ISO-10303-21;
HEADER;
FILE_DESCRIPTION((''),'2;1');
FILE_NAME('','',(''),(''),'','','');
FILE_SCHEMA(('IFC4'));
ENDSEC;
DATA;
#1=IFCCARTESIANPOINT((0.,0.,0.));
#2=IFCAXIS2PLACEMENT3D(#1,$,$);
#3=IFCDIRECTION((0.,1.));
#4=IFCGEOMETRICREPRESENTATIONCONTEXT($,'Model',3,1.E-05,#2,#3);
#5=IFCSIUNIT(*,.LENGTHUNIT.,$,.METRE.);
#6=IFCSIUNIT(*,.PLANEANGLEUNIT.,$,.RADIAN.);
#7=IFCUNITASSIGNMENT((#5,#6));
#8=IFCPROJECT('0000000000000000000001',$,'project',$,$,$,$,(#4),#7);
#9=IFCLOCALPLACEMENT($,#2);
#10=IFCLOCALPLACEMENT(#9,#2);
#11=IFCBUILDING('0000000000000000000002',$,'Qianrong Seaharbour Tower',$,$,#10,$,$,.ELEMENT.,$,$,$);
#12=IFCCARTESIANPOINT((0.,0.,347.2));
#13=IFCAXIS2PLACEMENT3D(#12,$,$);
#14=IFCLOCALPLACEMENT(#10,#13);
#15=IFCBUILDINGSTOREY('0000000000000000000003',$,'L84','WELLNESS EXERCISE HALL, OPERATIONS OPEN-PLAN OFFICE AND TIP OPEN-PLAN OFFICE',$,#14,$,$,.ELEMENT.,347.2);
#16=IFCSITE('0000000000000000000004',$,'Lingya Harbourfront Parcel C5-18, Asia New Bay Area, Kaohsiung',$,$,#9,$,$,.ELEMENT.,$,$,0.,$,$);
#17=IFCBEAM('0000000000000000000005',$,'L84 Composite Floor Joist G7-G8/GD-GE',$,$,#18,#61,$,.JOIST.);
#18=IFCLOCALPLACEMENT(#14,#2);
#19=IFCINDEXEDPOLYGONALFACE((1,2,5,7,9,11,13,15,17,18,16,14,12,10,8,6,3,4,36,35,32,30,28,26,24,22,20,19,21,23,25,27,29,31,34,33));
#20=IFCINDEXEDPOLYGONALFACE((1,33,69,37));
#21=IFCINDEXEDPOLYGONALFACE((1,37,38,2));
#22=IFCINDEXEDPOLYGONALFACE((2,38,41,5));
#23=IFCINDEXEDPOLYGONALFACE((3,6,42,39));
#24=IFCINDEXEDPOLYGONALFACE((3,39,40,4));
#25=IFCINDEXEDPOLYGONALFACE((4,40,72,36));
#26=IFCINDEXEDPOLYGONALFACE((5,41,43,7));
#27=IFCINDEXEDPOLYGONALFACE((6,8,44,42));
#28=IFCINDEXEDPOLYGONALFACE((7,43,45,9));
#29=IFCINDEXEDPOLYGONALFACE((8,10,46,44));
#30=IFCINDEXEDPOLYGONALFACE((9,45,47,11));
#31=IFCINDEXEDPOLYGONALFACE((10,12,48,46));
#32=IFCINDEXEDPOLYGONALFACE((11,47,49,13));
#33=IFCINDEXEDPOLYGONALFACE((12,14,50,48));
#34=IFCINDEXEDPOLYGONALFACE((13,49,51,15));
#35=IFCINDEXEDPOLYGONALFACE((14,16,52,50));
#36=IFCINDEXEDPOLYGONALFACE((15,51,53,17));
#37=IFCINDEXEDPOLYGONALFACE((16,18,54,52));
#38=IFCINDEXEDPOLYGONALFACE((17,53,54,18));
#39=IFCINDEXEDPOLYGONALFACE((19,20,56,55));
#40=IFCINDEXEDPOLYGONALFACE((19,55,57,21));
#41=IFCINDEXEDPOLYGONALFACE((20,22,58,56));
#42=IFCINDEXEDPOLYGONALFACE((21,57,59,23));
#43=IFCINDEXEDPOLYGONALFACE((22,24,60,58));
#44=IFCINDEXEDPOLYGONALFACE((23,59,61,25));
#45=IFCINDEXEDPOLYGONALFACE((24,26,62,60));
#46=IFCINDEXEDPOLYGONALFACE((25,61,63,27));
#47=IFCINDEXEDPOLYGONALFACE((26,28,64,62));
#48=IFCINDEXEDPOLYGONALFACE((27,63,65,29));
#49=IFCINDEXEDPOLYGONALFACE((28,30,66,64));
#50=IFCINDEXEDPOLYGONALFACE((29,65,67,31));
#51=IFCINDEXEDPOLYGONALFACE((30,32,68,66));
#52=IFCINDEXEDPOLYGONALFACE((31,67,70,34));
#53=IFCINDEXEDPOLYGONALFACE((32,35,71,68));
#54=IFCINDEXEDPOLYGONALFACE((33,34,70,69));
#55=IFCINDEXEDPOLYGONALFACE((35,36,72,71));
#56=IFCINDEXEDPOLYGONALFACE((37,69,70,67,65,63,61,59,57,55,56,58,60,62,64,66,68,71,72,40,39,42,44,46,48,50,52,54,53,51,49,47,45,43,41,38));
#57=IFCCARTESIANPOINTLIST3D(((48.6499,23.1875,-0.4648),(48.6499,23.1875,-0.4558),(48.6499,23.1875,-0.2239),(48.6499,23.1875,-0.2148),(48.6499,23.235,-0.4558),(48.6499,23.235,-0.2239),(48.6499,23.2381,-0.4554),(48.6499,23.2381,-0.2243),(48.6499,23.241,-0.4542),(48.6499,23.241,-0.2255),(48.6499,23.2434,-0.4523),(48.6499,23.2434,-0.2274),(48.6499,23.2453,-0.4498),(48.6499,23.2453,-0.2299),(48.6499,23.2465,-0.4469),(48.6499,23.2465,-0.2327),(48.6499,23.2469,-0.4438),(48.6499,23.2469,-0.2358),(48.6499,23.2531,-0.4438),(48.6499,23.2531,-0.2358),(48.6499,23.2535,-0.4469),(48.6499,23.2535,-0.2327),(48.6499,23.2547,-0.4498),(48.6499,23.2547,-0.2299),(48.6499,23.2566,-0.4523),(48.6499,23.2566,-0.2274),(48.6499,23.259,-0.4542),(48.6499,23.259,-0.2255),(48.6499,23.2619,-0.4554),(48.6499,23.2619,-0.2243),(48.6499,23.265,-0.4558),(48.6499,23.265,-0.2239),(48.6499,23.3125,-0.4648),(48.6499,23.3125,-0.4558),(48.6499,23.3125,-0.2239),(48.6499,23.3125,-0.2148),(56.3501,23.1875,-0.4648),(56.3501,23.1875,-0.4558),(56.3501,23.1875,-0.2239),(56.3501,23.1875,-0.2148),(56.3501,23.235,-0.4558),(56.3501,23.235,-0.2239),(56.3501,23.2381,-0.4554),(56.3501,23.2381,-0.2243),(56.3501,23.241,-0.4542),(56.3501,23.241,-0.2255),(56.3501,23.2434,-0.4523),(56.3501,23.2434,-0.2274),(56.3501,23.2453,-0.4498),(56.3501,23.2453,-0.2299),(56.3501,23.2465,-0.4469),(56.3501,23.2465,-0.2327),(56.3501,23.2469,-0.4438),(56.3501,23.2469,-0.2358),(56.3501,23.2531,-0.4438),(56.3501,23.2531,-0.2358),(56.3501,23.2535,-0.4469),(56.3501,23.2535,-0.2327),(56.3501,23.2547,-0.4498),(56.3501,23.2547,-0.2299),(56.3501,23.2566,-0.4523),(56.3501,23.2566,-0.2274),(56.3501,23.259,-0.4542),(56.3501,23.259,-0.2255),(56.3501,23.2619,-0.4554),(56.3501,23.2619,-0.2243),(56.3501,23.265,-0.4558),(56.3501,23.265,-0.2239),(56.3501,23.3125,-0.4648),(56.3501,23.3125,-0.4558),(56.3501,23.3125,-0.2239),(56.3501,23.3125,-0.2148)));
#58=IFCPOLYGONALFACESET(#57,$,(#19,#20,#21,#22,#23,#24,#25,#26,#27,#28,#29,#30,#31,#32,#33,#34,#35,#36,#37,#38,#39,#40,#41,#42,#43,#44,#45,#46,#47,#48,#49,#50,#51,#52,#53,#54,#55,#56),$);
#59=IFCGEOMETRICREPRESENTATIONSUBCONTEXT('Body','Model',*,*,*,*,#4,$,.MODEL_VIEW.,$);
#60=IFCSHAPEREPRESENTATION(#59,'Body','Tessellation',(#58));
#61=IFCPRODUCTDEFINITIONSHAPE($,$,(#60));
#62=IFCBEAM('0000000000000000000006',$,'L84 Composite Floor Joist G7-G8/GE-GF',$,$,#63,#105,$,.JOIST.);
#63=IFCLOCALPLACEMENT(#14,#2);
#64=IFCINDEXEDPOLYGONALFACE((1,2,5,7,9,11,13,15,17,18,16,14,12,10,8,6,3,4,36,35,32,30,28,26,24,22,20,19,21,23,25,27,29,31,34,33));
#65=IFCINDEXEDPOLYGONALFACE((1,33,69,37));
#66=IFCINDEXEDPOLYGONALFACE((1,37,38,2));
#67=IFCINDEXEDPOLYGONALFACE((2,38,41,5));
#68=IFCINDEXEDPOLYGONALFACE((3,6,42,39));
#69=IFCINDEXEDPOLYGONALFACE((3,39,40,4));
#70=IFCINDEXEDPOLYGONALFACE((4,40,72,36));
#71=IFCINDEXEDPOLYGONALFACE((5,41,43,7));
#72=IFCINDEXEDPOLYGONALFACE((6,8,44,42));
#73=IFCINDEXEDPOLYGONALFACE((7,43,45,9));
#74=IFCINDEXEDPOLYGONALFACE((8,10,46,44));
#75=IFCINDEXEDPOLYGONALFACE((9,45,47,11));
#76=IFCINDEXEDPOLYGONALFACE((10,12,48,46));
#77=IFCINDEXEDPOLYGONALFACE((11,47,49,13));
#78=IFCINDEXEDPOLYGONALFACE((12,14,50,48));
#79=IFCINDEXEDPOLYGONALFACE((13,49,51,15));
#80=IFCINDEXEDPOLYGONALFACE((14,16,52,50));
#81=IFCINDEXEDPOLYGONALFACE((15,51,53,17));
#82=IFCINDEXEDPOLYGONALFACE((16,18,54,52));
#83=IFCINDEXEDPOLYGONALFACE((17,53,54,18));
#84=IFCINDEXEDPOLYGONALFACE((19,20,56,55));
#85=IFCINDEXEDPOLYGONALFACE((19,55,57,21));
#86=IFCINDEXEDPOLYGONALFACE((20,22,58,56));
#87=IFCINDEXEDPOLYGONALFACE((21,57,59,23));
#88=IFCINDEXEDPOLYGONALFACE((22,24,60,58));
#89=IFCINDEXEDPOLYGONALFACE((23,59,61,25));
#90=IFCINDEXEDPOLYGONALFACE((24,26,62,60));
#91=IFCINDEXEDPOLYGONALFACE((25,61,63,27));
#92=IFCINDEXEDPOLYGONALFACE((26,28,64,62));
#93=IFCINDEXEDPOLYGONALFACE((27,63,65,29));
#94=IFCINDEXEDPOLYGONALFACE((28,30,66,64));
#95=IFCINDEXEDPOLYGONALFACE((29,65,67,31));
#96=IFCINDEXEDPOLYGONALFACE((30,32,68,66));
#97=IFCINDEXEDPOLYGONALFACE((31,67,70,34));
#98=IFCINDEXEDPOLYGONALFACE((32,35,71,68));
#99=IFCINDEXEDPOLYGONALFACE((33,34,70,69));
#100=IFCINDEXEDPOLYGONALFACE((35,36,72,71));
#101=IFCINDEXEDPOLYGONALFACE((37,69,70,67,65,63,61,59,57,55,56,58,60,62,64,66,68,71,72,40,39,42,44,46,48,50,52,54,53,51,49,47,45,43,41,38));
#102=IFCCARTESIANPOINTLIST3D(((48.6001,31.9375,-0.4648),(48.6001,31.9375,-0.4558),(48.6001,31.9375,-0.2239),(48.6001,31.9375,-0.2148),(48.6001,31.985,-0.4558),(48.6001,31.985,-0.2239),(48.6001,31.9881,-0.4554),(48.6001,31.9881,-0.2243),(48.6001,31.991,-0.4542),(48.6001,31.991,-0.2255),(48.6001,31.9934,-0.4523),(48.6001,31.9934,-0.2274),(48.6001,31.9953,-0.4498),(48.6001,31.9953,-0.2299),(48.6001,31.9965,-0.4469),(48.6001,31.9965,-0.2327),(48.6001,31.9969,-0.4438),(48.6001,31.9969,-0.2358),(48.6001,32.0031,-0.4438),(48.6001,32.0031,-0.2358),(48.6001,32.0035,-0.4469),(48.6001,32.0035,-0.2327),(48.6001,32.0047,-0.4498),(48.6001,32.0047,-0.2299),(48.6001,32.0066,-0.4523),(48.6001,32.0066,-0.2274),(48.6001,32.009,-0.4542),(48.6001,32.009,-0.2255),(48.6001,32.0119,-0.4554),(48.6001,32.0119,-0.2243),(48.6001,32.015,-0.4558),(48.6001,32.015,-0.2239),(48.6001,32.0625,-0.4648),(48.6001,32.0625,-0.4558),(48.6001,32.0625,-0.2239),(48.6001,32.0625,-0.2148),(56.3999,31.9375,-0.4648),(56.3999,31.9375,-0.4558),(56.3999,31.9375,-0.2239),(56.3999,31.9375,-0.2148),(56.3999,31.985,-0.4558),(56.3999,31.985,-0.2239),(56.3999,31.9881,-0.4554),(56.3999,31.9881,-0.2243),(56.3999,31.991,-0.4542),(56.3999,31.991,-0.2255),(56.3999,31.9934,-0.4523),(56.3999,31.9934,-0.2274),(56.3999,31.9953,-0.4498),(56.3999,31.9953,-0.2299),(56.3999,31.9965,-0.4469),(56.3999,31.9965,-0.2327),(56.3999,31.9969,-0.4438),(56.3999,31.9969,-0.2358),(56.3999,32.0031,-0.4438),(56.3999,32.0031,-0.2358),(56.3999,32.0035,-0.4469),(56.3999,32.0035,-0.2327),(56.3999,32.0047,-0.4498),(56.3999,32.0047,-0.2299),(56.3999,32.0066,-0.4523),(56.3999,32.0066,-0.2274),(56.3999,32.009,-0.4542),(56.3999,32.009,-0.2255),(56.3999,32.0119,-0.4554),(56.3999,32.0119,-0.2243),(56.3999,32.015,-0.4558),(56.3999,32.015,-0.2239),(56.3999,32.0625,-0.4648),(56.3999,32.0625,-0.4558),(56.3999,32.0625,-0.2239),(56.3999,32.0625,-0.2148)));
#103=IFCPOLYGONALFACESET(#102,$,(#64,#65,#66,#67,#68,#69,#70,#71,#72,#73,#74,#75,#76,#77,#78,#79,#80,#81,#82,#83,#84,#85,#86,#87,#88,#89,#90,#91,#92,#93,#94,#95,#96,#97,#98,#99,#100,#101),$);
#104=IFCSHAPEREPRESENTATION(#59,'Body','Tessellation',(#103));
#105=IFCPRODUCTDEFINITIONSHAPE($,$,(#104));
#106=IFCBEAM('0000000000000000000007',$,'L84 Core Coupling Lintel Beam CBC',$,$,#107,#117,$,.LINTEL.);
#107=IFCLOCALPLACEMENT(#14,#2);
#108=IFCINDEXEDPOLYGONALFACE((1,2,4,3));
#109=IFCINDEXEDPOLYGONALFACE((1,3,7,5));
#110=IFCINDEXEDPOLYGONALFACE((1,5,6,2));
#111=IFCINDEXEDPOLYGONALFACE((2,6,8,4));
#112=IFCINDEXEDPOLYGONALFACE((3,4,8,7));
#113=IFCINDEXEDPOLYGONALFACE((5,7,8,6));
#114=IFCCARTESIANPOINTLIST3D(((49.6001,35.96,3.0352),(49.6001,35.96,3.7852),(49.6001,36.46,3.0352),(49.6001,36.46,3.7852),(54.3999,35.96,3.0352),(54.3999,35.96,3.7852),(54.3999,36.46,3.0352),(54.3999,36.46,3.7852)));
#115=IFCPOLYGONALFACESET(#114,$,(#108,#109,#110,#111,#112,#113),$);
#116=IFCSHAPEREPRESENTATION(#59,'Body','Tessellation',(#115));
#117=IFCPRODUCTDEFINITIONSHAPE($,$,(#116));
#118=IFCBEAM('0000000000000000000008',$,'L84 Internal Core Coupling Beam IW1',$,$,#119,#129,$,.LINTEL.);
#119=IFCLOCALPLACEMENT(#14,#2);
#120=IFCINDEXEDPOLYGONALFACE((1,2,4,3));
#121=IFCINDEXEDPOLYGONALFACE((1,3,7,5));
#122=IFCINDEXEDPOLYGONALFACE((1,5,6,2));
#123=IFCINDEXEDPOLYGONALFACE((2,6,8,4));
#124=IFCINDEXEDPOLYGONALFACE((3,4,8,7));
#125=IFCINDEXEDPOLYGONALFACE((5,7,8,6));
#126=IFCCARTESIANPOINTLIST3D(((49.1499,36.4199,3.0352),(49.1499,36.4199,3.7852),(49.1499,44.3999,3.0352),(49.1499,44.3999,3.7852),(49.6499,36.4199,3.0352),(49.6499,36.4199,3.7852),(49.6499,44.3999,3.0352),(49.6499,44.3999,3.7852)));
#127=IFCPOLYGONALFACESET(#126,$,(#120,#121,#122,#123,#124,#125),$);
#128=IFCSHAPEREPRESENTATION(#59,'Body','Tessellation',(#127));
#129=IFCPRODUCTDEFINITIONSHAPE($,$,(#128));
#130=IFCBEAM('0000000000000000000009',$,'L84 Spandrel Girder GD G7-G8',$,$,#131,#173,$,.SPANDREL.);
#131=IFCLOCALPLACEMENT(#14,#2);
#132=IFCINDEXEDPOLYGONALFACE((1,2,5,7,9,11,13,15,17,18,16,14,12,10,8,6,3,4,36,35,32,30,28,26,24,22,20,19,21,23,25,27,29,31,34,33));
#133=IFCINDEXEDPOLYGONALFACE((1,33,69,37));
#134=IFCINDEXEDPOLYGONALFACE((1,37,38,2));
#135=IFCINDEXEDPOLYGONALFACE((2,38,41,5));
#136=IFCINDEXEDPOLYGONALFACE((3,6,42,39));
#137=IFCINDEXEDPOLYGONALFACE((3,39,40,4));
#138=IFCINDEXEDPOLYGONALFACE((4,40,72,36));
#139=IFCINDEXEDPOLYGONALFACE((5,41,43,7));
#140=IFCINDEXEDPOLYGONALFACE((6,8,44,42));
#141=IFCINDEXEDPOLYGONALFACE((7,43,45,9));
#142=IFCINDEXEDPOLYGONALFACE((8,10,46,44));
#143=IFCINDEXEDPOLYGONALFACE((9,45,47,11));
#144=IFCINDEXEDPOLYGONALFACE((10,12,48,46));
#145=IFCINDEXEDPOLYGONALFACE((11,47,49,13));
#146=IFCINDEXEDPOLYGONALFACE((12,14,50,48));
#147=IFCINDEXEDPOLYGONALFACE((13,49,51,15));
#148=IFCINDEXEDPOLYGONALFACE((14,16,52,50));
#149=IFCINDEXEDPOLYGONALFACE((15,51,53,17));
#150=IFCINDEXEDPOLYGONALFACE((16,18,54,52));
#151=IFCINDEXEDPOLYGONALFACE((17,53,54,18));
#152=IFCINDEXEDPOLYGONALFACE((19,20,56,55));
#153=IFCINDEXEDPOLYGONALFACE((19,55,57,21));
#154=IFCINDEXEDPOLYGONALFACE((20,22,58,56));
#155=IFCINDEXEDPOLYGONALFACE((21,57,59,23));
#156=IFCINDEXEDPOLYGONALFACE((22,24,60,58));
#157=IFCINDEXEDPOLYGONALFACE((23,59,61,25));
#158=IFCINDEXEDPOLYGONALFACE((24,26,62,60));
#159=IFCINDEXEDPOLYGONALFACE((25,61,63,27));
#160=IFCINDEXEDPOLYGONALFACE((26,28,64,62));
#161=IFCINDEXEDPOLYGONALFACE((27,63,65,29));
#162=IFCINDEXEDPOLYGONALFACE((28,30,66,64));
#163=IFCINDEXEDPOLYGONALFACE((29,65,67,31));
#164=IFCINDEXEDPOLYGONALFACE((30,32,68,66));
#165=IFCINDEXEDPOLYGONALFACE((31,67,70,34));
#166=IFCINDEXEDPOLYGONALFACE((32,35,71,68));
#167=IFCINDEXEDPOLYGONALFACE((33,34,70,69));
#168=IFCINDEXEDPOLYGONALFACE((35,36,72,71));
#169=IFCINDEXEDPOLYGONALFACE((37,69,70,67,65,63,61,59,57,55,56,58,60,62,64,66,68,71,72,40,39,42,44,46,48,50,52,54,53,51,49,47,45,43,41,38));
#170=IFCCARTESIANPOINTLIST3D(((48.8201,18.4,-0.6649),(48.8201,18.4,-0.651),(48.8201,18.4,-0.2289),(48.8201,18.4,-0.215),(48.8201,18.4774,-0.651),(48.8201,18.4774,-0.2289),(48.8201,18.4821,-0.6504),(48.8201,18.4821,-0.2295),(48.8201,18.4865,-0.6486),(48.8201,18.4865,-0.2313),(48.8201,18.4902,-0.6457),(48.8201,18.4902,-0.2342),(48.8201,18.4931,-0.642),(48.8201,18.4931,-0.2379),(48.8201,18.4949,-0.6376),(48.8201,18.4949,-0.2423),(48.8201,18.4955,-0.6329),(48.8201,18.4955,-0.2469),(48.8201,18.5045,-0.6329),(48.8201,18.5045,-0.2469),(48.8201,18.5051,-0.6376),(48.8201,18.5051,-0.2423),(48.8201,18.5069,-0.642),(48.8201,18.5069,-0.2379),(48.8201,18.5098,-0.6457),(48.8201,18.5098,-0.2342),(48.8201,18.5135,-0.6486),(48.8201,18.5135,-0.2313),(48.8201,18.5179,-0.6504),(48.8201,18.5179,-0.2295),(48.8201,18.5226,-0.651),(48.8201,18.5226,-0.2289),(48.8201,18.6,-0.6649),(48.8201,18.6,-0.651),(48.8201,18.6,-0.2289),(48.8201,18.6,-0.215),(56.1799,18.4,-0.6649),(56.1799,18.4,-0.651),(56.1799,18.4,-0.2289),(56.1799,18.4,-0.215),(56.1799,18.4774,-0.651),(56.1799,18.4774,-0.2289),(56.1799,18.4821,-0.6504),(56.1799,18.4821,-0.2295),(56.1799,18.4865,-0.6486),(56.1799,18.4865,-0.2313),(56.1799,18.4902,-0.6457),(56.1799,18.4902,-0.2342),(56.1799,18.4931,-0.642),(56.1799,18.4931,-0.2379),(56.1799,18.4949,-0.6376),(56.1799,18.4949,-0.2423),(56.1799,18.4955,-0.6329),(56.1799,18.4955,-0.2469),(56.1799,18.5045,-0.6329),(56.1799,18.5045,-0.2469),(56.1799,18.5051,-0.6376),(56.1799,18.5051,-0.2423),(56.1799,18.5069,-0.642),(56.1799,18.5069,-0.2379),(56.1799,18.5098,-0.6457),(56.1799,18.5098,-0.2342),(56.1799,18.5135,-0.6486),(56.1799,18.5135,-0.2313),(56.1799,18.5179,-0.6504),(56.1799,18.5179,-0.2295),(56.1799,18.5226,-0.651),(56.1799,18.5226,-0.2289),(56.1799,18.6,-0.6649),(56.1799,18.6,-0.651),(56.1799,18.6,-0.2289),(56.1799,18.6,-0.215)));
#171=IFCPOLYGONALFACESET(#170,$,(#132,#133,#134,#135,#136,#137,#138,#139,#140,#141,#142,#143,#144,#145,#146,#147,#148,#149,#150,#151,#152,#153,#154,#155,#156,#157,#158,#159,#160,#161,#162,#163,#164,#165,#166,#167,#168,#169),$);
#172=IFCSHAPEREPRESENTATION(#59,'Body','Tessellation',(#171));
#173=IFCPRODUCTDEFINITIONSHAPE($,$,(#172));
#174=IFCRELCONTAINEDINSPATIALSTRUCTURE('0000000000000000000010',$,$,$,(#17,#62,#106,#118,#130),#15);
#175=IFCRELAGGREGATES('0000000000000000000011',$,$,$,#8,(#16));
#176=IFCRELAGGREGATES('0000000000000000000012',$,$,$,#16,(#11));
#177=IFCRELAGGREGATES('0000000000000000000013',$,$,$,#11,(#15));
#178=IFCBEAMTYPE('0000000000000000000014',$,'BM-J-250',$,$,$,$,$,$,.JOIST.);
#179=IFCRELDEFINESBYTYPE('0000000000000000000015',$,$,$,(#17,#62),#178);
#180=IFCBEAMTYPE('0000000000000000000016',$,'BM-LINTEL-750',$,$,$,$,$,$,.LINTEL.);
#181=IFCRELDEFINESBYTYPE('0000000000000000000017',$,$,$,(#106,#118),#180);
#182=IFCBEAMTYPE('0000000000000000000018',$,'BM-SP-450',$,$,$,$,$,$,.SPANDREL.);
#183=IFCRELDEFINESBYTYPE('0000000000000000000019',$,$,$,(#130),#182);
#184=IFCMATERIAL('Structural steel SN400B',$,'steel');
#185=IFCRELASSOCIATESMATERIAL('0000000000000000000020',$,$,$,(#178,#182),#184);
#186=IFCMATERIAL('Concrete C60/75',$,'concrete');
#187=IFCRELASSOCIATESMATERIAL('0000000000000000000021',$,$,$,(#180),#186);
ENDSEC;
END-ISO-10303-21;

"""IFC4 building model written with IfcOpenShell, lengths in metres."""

from ifc_helpers import new_model, si_unit, direction, frame, origin, origin_2d, place, context, subcontext, project, spatial, rectangle, i_section, extrude, material, material_profile, profile_set, type_object, element, save


model = new_model("IFC4")

# Units and contexts
model_context = context("Model", 3, precision=1e-05, world=origin(), true_north=direction((0.0, 1.0)))
body_context = subcontext(model_context, "Body", "Model", "MODEL_VIEW")
ifc_project = project(units=[si_unit("LENGTHUNIT", "METRE"), si_unit("PLANEANGLEUNIT", "RADIAN")], contexts=[model_context])

# Site, building, storey
site_placement = place(None, origin())
site = spatial("IfcSite", under=ifc_project, at=site_placement, Name="Lingya Harbourfront Parcel C5-18, Asia New Bay Area, Kaohsiung", CompositionType="ELEMENT", RefElevation=0.0)
building_placement = place(site_placement, origin())
building = spatial("IfcBuilding", under=site, at=building_placement, Name="Qianrong Seaharbour Tower", CompositionType="ELEMENT")
storey_placement = place(building_placement, frame((0.0, 0.0, 347.2)))
storey = spatial("IfcBuildingStorey", under=building, at=storey_placement, Name="L84", Description="WELLNESS EXERCISE HALL, OPERATIONS OPEN-PLAN OFFICE AND TIP OPEN-PLAN OFFICE", CompositionType="ELEMENT", Elevation=347.2)

# Shared definitions
ifc_material_1 = material(Name="Structural steel SN400B", Category="steel")

# Beams
ifc_material_profile_1 = material_profile(ifc_material_1, i_section(OverallWidth=0.125, OverallDepth=0.25, WebThickness=0.0061, FlangeThickness=0.009, FilletRadius=0.012, at=origin_2d()), Name="H250x125x6x9")
ifc_profile_set_1 = profile_set([ifc_material_profile_1], Name="Structural steel SN400B")
beam_type_1 = type_object("IfcBeamType", Name="BM-J-250", PredefinedType="JOIST", material=ifc_profile_set_1)
beam_1_placement = place(storey_placement, frame((48.6499, 23.25, -0.3398), z_axis=(1.0, 0.0, 0.0), x_axis=(0.0, 1.0, 0.0)))
element("IfcBeam", 1, at=beam_1_placement, inside=storey, type_object=beam_type_1, Name="L84 Composite Floor Joist G7-G8/GD-GE", PredefinedType="JOIST", context=body_context, shape_type="SweptSolid", body=[
    extrude(i_section(OverallWidth=0.125, OverallDepth=0.25, WebThickness=0.0061, FlangeThickness=0.009, FilletRadius=0.012, at=origin_2d()), origin(), (0.0, 0.0, 1.0), 7.7002),
])
beam_2_placement = place(storey_placement, frame((48.6001, 32.0, -0.3398), z_axis=(1.0, 0.0, 0.0), x_axis=(0.0, 1.0, 0.0)))
element("IfcBeam", 2, at=beam_2_placement, inside=storey, type_object=beam_type_1, Name="L84 Composite Floor Joist G7-G8/GE-GF", PredefinedType="JOIST", context=body_context, shape_type="SweptSolid", body=[
    extrude(i_section(OverallWidth=0.125, OverallDepth=0.25, WebThickness=0.0061, FlangeThickness=0.009, FilletRadius=0.012, at=origin_2d()), origin(), (0.0, 0.0, 1.0), 7.7998),
])
ifc_material_2 = material(Name="Concrete C60/75", Category="concrete")
ifc_material_profile_2 = material_profile(ifc_material_2, rectangle(XDim=0.5, YDim=0.75, at=origin_2d()), Name="RC500x750")
ifc_profile_set_2 = profile_set([ifc_material_profile_2], Name="Concrete C60/75")
beam_type_2 = type_object("IfcBeamType", Name="BM-LINTEL-750", PredefinedType="LINTEL", material=ifc_profile_set_2)
beam_3_placement = place(storey_placement, frame((49.6001, 36.21, 3.4102), z_axis=(1.0, 0.0, 0.0), x_axis=(0.0, 1.0, 0.0)))
element("IfcBeam", 3, at=beam_3_placement, inside=storey, type_object=beam_type_2, Name="L84 Core Coupling Lintel Beam CBC", PredefinedType="LINTEL", context=body_context, shape_type="SweptSolid", body=[
    extrude(rectangle(XDim=0.5, YDim=0.75, at=origin_2d()), origin(), (0.0, 0.0, 1.0), 4.7998),
])
beam_4_placement = place(storey_placement, frame((49.3999, 36.4199, 3.4102), z_axis=(0.0, 1.0, 0.0), x_axis=(-1.0, 0.0, 0.0)))
element("IfcBeam", 4, at=beam_4_placement, inside=storey, type_object=beam_type_2, Name="L84 Internal Core Coupling Beam IW1", PredefinedType="LINTEL", context=body_context, shape_type="SweptSolid", body=[
    extrude(rectangle(XDim=0.5, YDim=0.75, at=origin_2d()), origin(), (0.0, 0.0, 1.0), 7.98),
])
ifc_material_profile_3 = material_profile(ifc_material_1, i_section(OverallWidth=0.2, OverallDepth=0.45, WebThickness=0.009, FlangeThickness=0.0139, FilletRadius=0.0181, at=origin_2d()), Name="H450x200x9x14")
ifc_profile_set_3 = profile_set([ifc_material_profile_3], Name="Structural steel SN400B")
beam_type_3 = type_object("IfcBeamType", Name="BM-SP-450", PredefinedType="SPANDREL", material=ifc_profile_set_3)
beam_5_placement = place(storey_placement, frame((48.8201, 18.5, -0.4399), z_axis=(1.0, 0.0, 0.0), x_axis=(0.0, 1.0, 0.0)))
element("IfcBeam", 5, at=beam_5_placement, inside=storey, type_object=beam_type_3, Name="L84 Spandrel Girder GD G7-G8", PredefinedType="SPANDREL", context=body_context, shape_type="SweptSolid", body=[
    extrude(i_section(OverallWidth=0.2, OverallDepth=0.45, WebThickness=0.009, FlangeThickness=0.0139, FilletRadius=0.0181, at=origin_2d()), origin(), (0.0, 0.0, 1.0), 7.3599),
])

save(model, "model.ifc")
